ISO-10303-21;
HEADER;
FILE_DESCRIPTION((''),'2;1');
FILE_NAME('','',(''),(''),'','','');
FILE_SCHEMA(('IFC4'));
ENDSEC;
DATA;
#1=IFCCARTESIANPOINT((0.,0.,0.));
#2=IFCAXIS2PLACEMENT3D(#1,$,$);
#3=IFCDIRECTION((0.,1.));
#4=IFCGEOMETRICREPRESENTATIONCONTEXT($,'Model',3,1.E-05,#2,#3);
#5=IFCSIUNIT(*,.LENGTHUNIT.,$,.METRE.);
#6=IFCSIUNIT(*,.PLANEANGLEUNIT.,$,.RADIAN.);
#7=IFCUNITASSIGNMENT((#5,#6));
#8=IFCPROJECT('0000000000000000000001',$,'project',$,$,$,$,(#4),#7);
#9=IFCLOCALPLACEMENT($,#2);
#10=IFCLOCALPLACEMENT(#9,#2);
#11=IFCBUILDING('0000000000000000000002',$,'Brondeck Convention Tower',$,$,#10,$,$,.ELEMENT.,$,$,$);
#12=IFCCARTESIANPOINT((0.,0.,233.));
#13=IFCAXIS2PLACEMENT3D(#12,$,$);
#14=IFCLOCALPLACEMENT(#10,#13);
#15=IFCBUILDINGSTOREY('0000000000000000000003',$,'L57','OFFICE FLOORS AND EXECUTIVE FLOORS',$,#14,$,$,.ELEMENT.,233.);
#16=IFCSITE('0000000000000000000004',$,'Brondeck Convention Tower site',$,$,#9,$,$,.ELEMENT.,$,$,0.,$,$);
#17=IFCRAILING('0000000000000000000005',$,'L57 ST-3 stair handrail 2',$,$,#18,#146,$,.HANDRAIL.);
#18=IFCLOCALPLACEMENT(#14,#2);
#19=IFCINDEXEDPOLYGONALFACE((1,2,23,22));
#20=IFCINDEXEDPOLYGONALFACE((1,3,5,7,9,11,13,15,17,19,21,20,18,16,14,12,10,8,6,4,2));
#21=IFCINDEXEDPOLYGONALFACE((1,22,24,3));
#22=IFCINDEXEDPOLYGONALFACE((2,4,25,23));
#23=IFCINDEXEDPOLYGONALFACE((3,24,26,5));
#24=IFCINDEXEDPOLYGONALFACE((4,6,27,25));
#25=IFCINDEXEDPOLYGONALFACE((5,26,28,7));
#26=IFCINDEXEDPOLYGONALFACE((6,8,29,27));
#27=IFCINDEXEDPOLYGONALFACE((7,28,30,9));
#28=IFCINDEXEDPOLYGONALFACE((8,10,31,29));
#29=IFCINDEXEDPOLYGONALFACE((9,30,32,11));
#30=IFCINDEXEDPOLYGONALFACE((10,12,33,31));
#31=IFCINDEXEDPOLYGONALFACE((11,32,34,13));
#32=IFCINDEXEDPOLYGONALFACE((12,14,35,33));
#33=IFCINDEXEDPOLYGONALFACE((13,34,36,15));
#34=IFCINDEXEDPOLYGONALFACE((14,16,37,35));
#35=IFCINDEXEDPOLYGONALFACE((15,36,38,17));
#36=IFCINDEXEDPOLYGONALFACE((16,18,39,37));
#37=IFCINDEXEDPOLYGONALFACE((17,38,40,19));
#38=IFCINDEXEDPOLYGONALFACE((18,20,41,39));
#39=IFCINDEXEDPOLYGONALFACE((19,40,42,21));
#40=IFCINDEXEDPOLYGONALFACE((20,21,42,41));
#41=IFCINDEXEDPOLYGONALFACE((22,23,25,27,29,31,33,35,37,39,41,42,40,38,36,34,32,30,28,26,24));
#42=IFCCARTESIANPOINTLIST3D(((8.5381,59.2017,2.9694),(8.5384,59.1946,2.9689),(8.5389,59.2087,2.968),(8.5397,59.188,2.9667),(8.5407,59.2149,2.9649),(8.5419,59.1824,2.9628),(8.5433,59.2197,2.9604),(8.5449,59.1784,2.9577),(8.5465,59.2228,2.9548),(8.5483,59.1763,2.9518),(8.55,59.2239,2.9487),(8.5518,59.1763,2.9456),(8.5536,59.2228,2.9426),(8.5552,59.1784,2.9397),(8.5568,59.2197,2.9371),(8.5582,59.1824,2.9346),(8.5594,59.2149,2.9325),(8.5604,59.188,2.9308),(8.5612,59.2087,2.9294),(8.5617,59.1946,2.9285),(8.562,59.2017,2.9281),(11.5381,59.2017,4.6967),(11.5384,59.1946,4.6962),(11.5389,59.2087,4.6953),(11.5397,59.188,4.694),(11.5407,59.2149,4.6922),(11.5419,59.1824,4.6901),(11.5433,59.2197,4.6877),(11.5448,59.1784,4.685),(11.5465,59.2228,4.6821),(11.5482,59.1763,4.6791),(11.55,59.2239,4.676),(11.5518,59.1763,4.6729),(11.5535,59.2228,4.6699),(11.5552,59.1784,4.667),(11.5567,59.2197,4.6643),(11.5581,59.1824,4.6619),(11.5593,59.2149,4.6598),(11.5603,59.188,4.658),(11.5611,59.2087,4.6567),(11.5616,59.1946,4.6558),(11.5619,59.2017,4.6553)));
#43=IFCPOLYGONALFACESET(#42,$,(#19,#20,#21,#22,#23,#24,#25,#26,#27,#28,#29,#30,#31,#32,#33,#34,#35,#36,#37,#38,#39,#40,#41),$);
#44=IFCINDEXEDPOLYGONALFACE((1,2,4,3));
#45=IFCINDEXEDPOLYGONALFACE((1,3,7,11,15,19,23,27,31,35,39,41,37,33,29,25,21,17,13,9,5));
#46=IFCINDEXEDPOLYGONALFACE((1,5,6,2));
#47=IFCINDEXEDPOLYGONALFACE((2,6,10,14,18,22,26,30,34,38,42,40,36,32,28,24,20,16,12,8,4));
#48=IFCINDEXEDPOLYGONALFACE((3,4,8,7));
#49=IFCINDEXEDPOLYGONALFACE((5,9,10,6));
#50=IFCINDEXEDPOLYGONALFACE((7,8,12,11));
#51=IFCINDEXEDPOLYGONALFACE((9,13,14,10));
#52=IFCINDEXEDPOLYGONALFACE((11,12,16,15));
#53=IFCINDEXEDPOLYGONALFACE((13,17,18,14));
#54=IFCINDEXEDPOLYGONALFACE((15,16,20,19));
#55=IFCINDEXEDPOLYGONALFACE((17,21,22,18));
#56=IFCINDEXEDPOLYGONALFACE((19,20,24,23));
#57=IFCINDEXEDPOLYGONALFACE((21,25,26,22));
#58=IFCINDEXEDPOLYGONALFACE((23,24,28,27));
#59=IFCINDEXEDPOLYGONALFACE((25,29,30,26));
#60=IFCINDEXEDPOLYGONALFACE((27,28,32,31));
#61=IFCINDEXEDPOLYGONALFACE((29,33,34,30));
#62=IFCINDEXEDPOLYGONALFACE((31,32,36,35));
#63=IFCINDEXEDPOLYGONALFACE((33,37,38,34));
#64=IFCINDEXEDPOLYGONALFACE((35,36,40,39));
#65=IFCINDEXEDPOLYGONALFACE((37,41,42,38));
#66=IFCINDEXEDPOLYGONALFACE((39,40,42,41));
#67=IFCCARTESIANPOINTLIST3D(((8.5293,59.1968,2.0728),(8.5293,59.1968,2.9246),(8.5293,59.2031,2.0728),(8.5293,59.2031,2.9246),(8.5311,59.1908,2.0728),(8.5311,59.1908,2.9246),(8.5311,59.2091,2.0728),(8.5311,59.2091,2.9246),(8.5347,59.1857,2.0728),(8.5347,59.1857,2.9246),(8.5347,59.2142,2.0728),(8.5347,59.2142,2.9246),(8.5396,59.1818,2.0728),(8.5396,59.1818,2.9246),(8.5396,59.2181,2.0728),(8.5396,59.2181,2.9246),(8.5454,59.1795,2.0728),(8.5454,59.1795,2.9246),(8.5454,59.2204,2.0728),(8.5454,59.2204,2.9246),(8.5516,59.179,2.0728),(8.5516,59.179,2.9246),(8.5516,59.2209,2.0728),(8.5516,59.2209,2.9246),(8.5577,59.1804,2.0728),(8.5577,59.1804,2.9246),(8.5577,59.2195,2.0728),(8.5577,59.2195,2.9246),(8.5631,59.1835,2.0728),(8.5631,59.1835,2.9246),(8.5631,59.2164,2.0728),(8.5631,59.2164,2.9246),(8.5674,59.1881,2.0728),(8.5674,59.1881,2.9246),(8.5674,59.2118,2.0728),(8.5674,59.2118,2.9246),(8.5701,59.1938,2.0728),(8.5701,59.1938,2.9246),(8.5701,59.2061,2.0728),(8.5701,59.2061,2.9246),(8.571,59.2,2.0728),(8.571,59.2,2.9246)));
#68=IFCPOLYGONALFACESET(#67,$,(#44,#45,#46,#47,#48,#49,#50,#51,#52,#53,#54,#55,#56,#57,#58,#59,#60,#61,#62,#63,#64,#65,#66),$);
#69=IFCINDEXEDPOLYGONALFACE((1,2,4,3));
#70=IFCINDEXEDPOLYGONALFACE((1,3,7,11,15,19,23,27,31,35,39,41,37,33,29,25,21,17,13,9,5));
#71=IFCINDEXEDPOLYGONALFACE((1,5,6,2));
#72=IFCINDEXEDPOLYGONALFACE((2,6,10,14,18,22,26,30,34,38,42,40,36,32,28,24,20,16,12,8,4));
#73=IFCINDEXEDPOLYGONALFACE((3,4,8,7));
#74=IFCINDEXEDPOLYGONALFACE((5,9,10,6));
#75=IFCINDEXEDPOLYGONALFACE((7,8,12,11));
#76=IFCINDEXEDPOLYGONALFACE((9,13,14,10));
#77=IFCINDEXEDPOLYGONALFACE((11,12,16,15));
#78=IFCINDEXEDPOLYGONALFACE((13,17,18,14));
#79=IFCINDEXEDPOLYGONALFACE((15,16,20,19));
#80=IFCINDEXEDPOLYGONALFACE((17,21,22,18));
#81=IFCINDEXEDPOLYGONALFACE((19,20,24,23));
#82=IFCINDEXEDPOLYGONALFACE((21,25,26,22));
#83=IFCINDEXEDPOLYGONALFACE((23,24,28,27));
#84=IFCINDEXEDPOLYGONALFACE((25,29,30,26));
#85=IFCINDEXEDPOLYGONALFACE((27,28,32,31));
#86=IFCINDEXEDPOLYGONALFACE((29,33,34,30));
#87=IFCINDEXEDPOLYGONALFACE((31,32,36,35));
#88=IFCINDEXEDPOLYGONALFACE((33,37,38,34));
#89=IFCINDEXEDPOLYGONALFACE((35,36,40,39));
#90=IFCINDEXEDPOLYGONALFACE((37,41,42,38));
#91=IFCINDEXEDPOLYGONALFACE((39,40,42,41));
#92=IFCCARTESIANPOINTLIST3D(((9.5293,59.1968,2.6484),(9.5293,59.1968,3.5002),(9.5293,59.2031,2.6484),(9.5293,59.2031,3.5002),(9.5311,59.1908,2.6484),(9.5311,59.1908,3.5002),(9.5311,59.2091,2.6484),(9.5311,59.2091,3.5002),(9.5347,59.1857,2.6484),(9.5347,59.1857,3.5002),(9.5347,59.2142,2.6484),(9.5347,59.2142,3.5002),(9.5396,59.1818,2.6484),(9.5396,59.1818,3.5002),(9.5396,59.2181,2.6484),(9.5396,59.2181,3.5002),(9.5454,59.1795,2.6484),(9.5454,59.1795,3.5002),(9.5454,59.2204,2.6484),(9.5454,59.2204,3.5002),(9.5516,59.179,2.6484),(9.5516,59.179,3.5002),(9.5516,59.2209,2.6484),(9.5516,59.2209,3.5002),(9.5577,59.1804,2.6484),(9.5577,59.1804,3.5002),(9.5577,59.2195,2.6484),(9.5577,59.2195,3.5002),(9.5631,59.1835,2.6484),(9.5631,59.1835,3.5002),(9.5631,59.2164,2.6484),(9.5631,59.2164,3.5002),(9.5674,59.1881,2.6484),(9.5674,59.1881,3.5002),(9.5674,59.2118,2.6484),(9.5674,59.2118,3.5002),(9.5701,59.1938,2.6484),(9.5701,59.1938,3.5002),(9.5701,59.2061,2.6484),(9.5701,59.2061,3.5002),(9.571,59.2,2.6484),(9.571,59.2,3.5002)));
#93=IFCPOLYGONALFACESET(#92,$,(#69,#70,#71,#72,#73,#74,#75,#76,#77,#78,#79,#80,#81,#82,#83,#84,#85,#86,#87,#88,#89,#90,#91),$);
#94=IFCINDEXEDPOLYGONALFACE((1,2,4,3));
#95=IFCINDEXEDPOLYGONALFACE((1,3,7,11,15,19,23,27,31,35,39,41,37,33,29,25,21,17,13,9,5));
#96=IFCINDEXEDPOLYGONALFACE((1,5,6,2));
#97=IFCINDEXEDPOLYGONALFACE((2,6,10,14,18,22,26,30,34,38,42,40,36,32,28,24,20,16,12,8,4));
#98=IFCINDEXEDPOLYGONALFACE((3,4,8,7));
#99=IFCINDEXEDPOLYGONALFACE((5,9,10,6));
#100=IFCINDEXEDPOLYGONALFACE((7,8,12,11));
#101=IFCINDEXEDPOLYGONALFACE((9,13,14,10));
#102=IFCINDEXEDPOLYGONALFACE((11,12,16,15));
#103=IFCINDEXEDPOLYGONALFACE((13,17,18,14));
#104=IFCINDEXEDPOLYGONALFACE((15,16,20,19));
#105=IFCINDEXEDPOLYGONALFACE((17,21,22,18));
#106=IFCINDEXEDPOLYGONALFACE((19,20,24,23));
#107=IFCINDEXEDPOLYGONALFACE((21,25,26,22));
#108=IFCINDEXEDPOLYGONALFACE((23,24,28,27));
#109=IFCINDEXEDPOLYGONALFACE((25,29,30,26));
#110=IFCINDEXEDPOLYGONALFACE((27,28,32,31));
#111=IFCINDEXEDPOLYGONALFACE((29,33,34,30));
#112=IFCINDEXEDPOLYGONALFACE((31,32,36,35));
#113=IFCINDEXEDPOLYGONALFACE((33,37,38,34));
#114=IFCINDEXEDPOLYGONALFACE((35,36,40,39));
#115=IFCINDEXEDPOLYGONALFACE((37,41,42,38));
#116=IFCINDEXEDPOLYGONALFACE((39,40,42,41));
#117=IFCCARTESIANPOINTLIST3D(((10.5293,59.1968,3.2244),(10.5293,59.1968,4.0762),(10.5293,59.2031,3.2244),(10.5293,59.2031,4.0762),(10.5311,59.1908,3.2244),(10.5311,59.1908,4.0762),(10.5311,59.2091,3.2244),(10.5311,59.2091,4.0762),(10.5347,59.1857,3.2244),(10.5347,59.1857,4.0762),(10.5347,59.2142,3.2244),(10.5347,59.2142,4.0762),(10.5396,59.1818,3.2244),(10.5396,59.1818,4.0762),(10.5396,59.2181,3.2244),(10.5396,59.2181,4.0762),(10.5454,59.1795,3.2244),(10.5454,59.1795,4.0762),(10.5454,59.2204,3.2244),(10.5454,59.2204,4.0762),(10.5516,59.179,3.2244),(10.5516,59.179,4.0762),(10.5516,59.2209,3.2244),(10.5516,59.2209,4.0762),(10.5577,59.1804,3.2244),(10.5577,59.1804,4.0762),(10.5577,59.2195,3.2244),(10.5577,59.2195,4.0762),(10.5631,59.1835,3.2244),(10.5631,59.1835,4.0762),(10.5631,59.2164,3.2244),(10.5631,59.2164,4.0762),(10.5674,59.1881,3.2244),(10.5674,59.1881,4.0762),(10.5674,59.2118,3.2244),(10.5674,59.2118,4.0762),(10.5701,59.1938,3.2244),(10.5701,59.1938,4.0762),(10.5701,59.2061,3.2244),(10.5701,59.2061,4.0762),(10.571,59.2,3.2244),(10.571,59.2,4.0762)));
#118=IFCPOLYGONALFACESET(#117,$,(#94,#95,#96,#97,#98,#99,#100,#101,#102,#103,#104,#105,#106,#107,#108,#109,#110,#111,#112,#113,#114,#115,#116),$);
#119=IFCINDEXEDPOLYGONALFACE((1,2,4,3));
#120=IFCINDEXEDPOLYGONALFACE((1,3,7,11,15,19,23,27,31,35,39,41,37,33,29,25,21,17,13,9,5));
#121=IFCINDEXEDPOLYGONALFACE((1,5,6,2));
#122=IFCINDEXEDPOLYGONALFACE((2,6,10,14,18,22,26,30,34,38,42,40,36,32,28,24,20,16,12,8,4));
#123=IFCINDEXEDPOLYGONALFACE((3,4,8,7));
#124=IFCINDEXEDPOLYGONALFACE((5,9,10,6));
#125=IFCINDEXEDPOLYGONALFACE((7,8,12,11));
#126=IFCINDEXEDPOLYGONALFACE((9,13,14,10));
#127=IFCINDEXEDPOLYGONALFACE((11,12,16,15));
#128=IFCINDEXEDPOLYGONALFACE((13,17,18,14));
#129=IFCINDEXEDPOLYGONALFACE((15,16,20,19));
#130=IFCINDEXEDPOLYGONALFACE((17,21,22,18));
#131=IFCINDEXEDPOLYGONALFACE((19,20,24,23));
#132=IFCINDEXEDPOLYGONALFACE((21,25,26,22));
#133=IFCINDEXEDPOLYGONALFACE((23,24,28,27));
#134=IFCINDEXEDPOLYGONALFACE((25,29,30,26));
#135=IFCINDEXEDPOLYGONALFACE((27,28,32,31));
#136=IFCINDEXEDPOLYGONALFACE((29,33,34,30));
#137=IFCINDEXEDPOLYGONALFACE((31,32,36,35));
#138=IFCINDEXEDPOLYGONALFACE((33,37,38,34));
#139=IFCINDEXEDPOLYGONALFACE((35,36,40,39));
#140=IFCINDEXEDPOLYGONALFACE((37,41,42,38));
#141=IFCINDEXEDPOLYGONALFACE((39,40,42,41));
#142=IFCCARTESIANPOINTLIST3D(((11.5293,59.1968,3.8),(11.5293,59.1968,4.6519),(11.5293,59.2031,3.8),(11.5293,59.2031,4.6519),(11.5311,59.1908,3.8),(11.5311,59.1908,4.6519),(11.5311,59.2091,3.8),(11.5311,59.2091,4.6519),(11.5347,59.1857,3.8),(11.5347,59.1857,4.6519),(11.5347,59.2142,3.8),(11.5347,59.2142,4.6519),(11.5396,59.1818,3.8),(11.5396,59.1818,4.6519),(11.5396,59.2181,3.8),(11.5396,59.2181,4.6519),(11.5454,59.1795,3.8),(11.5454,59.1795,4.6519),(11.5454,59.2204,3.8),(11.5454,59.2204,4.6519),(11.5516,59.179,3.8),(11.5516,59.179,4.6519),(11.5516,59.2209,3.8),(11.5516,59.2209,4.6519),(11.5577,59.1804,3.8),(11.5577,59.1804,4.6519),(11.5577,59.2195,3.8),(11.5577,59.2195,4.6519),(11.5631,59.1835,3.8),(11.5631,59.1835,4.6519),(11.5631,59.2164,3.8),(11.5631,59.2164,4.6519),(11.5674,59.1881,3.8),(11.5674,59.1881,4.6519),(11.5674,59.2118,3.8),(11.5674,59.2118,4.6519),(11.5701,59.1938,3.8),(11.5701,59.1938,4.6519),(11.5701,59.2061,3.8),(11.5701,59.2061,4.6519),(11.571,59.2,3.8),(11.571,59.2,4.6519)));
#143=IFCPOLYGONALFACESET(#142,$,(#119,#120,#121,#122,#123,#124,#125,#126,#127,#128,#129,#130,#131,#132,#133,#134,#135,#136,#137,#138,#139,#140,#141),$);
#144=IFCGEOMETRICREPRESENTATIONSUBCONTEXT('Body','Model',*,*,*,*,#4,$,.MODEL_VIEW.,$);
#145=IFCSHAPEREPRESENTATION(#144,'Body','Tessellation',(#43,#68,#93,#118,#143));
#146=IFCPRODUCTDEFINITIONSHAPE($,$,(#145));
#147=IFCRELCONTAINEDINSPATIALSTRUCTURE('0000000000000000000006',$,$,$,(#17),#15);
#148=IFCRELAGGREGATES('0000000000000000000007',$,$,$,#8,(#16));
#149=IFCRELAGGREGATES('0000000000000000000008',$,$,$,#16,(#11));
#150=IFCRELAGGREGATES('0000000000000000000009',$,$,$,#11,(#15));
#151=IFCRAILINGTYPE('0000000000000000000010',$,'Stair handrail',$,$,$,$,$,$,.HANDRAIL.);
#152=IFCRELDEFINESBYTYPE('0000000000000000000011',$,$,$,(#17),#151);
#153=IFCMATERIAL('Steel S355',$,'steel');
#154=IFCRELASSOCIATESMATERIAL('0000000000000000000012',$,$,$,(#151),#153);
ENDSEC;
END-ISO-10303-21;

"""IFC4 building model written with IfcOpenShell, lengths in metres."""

from ifc_helpers import new_model, si_unit, direction, frame, origin, origin_2d, place, context, subcontext, project, spatial, circle, extrude, material, type_object, element, save


model = new_model("IFC4")

# Units and contexts
model_context = context("Model", 3, precision=1e-05, world=origin(), true_north=direction((0.0, 1.0)))
body_context = subcontext(model_context, "Body", "Model", "MODEL_VIEW")
ifc_project = project(units=[si_unit("LENGTHUNIT", "METRE"), si_unit("PLANEANGLEUNIT", "RADIAN")], contexts=[model_context])

# Site, building, storey
site_placement = place(None, origin())
site = spatial("IfcSite", under=ifc_project, at=site_placement, Name="Brondeck Convention Tower site", CompositionType="ELEMENT", RefElevation=0.0)
building_placement = place(site_placement, origin())
building = spatial("IfcBuilding", under=site, at=building_placement, Name="Brondeck Convention Tower", CompositionType="ELEMENT")
storey_placement = place(building_placement, frame((0.0, 0.0, 233.0)))
storey = spatial("IfcBuildingStorey", under=building, at=storey_placement, Name="L57", Description="OFFICE FLOORS AND EXECUTIVE FLOORS", CompositionType="ELEMENT", Elevation=233.0)

# Railing
ifc_material_1 = material(Name="Steel S355", Category="steel")
railing_type_1 = type_object("IfcRailingType", Name="Stair handrail", PredefinedType="HANDRAIL", material=ifc_material_1)
railing_1_placement = place(storey_placement, frame((8.55, 59.2, 2.0728)))
element("IfcRailing", 1, at=railing_1_placement, inside=storey, type_object=railing_type_1, Name="L57 ST-3 stair handrail 2", PredefinedType="HANDRAIL", context=body_context, shape_type="SweptSolid", body=[
    extrude(circle(Radius=0.0239, at=origin_2d()), frame((0.0, 0.0, 0.876), z_axis=(0.86662, 0.0, 0.498969), x_axis=(0.0, 1.0, 0.0)), (0.0, 0.0, 1.0), 3.4617),
    extrude(circle(Radius=0.021, at=origin_2d()), origin(), (0.0, 0.0, 1.0), 0.8518),
    extrude(circle(Radius=0.021, at=origin_2d()), frame((1.0, 0.0, 0.5757)), (0.0, 0.0, 1.0), 0.8518),
    extrude(circle(Radius=0.021, at=origin_2d()), frame((2.0, 0.0, 1.1516)), (0.0, 0.0, 1.0), 0.8518),
    extrude(circle(Radius=0.021, at=origin_2d()), frame((3.0, 0.0, 1.7273)), (0.0, 0.0, 1.0), 0.8518),
])

save(model, "model.ifc")
